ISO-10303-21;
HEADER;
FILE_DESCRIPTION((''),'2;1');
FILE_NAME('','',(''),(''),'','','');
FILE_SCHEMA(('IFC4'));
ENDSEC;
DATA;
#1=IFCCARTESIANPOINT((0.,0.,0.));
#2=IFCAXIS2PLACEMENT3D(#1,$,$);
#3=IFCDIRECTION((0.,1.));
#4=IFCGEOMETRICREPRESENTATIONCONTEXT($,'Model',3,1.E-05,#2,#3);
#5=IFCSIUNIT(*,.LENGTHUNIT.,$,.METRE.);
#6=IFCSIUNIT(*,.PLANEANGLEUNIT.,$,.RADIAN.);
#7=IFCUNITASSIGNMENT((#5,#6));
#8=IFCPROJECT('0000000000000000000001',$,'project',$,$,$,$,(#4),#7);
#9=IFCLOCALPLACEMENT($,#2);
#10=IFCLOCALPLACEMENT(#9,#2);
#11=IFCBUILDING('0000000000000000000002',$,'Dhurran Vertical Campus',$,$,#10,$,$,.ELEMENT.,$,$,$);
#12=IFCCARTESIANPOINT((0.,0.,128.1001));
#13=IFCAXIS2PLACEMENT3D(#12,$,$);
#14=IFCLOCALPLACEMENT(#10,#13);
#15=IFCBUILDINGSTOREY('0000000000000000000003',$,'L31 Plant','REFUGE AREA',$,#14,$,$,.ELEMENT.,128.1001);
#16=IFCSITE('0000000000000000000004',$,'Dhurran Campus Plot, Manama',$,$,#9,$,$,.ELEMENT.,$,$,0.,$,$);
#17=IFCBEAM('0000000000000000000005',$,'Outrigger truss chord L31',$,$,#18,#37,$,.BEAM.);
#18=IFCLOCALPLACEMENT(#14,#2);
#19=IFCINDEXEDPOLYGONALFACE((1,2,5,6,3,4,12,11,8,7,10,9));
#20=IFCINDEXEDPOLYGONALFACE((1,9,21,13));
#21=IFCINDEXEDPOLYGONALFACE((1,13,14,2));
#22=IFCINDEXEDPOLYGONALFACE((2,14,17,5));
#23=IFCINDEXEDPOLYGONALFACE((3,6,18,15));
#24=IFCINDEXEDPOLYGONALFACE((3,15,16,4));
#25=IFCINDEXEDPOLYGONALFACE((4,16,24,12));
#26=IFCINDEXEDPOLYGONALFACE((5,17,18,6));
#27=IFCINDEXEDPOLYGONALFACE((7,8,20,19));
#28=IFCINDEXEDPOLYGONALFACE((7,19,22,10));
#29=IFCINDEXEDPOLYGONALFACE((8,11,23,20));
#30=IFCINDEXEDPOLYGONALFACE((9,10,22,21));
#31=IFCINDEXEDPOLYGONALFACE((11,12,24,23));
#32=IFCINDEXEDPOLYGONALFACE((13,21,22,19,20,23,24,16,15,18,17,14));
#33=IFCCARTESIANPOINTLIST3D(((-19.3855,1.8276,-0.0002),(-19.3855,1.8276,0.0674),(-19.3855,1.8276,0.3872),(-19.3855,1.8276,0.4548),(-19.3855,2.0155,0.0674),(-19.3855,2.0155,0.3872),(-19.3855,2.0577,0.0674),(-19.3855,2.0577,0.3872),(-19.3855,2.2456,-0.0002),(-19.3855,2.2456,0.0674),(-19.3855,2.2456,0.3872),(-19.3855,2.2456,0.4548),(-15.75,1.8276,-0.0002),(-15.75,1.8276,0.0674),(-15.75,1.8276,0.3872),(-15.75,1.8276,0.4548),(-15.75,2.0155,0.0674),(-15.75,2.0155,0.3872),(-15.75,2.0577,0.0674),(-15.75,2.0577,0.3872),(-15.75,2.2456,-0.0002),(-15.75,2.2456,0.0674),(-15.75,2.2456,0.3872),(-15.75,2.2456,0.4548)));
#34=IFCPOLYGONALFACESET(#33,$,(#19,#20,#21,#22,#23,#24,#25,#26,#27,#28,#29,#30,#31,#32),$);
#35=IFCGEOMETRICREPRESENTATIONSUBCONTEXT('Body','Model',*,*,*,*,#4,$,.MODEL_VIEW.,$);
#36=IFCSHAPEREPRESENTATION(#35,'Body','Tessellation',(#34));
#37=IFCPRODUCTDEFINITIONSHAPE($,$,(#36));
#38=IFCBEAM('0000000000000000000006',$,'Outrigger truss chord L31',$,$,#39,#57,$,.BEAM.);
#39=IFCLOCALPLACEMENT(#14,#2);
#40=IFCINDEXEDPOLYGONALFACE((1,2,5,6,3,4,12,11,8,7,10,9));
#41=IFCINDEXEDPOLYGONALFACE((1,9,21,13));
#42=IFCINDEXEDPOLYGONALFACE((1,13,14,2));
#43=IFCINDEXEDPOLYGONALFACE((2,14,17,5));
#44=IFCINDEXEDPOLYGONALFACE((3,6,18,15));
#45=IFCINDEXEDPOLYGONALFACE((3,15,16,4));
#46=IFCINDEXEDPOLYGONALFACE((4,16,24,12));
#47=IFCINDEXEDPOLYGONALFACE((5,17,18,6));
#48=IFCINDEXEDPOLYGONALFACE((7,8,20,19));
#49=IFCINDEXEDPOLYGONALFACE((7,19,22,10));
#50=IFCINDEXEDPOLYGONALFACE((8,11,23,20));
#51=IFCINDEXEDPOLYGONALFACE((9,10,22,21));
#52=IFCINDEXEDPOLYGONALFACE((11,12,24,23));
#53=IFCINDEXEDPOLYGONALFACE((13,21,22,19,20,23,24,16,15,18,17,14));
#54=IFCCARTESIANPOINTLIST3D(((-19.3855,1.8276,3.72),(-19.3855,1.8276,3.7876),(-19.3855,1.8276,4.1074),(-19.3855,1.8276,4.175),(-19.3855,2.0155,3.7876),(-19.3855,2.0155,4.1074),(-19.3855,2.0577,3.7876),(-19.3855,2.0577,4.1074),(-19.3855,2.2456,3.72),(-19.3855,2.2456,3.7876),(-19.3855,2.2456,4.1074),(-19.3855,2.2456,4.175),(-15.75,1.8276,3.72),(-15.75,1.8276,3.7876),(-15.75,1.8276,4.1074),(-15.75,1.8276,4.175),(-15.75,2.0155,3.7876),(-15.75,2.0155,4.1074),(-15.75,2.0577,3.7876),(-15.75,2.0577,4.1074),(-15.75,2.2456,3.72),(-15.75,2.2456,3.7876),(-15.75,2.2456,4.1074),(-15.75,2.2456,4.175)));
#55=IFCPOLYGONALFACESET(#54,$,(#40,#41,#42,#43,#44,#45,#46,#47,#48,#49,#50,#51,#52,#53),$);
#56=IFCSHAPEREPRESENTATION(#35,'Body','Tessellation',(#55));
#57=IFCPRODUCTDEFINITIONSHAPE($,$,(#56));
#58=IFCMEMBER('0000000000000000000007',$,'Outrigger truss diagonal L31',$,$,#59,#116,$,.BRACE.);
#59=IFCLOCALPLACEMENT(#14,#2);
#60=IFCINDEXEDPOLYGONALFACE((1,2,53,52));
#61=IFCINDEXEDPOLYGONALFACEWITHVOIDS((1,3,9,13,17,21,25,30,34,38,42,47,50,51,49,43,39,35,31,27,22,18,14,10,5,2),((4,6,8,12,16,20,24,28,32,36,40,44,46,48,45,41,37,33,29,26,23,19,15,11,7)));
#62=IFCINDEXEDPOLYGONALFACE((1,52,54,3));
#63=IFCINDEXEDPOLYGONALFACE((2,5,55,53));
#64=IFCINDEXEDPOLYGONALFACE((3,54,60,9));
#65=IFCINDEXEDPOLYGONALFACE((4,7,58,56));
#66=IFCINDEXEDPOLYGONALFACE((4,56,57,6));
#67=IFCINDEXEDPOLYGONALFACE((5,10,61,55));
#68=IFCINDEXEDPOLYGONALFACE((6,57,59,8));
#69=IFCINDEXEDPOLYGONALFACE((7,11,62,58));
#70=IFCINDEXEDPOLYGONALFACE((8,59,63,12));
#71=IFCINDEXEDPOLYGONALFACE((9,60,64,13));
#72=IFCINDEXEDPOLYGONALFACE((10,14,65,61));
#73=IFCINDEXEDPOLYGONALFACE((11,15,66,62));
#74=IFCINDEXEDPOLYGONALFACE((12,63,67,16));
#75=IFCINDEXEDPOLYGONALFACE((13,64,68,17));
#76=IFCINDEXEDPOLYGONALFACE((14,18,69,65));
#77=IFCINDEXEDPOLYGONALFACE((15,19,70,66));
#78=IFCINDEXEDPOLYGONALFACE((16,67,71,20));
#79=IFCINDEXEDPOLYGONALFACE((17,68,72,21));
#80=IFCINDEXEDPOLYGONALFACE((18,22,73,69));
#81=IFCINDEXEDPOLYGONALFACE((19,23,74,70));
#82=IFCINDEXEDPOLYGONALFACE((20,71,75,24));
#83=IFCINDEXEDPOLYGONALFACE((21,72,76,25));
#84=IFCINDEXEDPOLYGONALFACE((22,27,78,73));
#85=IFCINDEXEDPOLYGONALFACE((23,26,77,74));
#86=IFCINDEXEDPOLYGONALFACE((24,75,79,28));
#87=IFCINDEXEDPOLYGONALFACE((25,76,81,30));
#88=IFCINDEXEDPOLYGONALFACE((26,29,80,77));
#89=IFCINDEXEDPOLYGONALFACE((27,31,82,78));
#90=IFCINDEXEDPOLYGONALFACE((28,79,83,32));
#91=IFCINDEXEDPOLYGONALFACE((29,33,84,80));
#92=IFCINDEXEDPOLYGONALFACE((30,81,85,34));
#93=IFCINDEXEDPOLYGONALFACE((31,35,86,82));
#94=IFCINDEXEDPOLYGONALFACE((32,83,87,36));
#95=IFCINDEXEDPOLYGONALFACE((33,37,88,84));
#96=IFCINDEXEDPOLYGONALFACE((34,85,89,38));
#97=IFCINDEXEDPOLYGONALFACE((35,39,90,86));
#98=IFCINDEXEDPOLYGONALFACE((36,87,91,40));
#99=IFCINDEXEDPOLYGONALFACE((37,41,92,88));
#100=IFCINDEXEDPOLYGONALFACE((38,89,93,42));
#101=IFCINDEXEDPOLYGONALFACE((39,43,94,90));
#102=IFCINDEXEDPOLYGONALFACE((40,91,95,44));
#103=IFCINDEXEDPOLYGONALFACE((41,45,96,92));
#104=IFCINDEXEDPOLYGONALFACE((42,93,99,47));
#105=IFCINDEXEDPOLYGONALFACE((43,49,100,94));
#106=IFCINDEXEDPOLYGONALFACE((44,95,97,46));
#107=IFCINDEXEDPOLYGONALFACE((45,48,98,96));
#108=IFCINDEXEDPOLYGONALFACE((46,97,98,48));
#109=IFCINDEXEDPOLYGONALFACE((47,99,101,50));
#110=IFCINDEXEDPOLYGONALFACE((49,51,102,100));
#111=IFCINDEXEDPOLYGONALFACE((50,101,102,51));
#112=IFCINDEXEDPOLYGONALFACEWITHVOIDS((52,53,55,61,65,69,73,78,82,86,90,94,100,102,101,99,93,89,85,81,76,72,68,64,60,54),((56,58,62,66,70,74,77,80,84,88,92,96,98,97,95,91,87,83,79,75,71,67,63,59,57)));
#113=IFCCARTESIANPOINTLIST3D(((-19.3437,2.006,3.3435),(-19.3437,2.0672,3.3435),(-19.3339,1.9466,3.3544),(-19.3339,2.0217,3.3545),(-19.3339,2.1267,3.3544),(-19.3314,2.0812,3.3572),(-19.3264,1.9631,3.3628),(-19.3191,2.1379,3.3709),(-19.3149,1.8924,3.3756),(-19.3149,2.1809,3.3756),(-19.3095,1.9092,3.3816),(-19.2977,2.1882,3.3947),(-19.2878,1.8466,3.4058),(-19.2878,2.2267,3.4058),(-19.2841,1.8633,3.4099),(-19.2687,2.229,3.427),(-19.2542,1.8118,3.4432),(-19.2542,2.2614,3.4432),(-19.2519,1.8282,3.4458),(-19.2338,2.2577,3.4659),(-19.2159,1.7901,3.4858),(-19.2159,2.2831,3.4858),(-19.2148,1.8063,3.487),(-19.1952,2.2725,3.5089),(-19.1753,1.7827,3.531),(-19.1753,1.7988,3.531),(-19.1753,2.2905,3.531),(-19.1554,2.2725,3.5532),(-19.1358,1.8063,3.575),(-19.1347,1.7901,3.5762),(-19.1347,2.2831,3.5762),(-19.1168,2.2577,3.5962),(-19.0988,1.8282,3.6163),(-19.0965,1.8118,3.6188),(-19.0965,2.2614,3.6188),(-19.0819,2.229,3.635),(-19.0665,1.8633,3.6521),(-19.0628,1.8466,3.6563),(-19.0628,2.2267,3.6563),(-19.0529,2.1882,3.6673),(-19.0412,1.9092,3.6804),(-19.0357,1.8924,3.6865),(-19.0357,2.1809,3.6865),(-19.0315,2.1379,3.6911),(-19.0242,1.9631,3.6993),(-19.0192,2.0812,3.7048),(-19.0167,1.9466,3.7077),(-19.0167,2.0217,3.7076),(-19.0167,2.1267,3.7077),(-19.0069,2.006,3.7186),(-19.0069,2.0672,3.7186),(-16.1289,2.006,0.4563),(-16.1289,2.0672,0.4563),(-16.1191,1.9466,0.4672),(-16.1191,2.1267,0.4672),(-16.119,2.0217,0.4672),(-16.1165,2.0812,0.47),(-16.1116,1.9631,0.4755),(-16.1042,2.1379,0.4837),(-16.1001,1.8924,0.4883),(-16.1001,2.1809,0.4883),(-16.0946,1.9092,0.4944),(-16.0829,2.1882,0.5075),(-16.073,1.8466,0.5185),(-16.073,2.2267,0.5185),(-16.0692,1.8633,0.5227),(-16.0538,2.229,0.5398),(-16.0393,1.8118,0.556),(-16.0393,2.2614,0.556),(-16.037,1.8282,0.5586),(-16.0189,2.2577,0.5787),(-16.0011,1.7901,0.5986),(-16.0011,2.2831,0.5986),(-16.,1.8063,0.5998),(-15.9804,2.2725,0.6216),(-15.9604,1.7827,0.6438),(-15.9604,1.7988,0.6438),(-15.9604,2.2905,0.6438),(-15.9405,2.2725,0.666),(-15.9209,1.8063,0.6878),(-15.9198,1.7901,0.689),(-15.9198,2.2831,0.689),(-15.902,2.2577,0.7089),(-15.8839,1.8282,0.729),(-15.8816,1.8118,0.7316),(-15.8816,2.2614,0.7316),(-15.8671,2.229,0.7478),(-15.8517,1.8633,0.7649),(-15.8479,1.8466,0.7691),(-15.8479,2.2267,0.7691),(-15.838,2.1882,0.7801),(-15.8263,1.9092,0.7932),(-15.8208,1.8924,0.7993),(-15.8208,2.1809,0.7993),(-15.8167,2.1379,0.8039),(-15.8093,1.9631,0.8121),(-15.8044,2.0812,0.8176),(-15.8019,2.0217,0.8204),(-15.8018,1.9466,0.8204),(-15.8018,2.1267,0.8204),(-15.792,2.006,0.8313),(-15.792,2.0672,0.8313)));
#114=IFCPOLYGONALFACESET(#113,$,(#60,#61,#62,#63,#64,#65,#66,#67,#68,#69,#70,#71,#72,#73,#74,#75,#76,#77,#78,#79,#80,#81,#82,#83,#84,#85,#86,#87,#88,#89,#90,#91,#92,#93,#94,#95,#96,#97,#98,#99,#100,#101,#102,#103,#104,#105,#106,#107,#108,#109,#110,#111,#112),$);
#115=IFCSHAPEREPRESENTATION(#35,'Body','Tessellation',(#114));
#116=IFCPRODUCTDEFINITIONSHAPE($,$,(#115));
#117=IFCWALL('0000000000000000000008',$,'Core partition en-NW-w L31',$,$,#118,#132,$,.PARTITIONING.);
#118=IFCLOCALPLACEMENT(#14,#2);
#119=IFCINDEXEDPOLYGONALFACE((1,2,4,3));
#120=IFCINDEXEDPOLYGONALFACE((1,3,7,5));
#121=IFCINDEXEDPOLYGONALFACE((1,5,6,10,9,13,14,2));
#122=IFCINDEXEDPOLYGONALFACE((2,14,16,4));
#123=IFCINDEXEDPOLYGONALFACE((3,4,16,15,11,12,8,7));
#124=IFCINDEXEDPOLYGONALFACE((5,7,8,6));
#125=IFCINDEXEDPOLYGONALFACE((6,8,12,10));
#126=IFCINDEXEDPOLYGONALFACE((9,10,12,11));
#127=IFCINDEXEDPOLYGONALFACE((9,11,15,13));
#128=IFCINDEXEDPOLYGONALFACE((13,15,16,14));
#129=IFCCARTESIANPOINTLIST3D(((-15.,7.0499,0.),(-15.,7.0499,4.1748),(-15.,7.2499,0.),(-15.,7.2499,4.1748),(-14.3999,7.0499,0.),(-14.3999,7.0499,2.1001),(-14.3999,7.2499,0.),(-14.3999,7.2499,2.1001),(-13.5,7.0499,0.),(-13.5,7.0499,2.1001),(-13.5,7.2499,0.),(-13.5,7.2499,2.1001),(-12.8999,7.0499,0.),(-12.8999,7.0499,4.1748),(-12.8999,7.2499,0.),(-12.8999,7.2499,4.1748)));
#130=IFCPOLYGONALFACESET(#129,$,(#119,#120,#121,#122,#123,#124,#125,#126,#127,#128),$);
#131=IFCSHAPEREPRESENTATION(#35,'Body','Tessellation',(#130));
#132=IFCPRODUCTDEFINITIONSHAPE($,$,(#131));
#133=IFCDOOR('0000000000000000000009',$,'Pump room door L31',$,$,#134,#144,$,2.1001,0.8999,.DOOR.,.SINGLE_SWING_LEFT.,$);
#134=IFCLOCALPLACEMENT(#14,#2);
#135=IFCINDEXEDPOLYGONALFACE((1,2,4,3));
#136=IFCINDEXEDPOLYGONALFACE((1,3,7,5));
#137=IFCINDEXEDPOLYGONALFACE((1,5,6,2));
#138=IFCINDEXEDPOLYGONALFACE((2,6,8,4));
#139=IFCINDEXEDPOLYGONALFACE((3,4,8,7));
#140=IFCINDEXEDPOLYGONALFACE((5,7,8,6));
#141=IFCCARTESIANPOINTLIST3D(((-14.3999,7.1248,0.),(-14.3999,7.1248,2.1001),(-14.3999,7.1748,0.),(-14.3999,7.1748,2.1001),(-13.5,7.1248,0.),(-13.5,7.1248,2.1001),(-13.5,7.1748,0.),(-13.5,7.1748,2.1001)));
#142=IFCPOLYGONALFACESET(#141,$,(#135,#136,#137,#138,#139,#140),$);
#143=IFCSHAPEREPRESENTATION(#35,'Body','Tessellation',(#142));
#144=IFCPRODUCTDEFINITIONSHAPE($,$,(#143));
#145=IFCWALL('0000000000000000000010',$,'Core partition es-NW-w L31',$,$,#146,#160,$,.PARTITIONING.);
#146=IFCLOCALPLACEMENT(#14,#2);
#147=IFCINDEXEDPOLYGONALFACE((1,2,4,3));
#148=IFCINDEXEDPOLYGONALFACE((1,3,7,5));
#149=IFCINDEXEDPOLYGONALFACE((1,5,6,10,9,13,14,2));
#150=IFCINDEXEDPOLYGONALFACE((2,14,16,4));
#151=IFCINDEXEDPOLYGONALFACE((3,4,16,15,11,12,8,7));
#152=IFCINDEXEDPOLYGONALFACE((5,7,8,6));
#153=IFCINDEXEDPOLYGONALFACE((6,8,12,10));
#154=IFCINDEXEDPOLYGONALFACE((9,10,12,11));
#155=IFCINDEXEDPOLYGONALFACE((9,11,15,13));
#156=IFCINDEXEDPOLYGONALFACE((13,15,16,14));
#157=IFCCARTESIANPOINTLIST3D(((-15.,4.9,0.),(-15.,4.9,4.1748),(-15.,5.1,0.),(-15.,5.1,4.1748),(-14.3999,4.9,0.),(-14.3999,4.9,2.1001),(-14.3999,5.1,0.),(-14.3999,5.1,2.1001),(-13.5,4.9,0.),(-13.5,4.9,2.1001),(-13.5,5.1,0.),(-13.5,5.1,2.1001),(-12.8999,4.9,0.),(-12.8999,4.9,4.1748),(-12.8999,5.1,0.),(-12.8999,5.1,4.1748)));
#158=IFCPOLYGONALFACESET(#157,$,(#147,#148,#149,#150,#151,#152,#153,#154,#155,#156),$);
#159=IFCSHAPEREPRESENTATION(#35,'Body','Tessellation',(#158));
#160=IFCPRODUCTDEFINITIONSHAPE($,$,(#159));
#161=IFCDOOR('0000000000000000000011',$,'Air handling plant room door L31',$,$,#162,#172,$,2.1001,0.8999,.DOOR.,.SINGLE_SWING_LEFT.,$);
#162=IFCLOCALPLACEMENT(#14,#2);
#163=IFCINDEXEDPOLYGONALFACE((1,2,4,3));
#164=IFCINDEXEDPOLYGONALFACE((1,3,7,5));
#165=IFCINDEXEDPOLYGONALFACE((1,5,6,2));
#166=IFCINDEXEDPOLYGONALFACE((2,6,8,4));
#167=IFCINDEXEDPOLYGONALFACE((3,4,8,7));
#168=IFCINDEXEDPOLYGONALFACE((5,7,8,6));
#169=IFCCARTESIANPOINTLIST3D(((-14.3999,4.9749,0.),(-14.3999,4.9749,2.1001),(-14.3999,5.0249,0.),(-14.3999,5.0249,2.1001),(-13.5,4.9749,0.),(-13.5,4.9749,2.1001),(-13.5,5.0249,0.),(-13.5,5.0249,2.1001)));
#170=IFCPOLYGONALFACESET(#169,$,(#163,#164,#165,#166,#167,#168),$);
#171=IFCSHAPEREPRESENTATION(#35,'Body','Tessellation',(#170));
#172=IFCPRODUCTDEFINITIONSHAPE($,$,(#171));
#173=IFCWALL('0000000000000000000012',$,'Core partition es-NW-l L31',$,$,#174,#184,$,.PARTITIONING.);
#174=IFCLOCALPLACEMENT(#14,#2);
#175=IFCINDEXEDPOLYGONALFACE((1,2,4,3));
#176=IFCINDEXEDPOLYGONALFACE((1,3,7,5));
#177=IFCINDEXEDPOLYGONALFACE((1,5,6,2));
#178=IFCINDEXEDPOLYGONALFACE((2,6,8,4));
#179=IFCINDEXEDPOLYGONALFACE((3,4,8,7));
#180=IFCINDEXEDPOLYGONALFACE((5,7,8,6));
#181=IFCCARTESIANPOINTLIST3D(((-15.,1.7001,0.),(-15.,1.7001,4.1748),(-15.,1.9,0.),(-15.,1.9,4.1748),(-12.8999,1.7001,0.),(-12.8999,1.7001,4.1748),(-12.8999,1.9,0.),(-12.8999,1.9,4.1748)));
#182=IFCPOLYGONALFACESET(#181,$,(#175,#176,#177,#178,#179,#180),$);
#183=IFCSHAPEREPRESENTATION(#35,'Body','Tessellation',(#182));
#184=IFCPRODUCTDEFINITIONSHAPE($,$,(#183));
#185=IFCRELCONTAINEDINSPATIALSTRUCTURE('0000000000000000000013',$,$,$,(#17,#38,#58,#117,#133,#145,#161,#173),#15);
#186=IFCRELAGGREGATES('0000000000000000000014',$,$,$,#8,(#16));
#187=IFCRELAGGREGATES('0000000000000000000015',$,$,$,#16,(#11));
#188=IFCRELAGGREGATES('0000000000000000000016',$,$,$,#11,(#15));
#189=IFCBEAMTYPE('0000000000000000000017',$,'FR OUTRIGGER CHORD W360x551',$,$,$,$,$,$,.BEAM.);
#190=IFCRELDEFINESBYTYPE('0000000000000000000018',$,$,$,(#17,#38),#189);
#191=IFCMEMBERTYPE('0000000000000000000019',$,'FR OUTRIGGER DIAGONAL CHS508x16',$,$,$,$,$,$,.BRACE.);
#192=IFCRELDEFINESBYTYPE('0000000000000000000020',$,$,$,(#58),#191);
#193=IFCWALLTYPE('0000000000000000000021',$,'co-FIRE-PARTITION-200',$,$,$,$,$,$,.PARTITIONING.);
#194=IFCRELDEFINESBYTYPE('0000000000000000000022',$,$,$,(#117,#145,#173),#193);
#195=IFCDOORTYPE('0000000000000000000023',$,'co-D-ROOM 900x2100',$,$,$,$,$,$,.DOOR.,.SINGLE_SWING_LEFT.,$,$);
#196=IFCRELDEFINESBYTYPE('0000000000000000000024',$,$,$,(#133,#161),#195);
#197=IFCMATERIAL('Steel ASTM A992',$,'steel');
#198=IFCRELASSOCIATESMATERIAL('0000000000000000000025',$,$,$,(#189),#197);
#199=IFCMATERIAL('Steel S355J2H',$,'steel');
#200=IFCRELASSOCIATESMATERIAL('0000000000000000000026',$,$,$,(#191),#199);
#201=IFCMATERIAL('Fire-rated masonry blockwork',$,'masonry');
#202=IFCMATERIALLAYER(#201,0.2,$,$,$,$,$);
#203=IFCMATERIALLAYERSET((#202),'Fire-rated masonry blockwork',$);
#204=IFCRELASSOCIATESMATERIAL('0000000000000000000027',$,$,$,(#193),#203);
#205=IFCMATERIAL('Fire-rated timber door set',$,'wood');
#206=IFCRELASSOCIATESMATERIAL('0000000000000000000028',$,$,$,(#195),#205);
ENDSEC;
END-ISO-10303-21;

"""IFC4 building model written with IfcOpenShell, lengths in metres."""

from ifc_helpers import new_model, si_unit, direction, frame, frame_2d, origin, origin_2d, place, context, subcontext, project, spatial, rectangle, hollow_circle, i_section, extrude, material, layer, layer_set, material_profile, profile_set, type_object, element, fill, save


model = new_model("IFC4")

# Units and contexts
model_context = context("Model", 3, precision=1e-05, world=origin(), true_north=direction((0.0, 1.0)))
body_context = subcontext(model_context, "Body", "Model", "MODEL_VIEW")
ifc_project = project(units=[si_unit("LENGTHUNIT", "METRE"), si_unit("PLANEANGLEUNIT", "RADIAN")], contexts=[model_context])

# Site, building, storey
site_placement = place(None, origin())
site = spatial("IfcSite", under=ifc_project, at=site_placement, Name="Dhurran Campus Plot, Manama", CompositionType="ELEMENT", RefElevation=0.0)
building_placement = place(site_placement, origin())
building = spatial("IfcBuilding", under=site, at=building_placement, Name="Dhurran Vertical Campus", CompositionType="ELEMENT")
storey_placement = place(building_placement, frame((0.0, 0.0, 128.1001)))
storey = spatial("IfcBuildingStorey", under=building, at=storey_placement, Name="L31 Plant", Description="REFUGE AREA", CompositionType="ELEMENT", Elevation=128.1001)

# Beams
ifc_material_1 = material(Name="Steel ASTM A992", Category="steel")
ifc_material_profile_1 = material_profile(ifc_material_1, i_section(OverallWidth=0.418, OverallDepth=0.4551, WebThickness=0.0422, FlangeThickness=0.0676, at=origin_2d()), Name="W360x551")
ifc_profile_set_1 = profile_set([ifc_material_profile_1], Name="Steel ASTM A992")
beam_type = type_object("IfcBeamType", Name="FR OUTRIGGER CHORD W360x551", PredefinedType="BEAM", material=ifc_profile_set_1)
for number, where, z_axis, x_axis, name in (
    (1, (-15.75, 2.0366, 0.2273), (-1.0, 0.0, 0.0), (0.0, -1.0, 0.0), "Outrigger truss chord L31"),
    (2, (-15.75, 2.0366, 3.9475), (-1.0, 0.0, 0.0), (0.0, -1.0, 0.0), "Outrigger truss chord L31"),
):
    element("IfcBeam", number, at=place(storey_placement, frame(where, z_axis=z_axis, x_axis=x_axis)), inside=storey, type_object=beam_type, Name=name, PredefinedType="BEAM", context=body_context, shape_type="SweptSolid", body=[
        extrude(i_section(OverallWidth=0.418, OverallDepth=0.4551, WebThickness=0.0422, FlangeThickness=0.0676, at=origin_2d()), origin(), (0.0, 0.0, 1.0), 3.6355),
    ])

# Member
ifc_material_2 = material(Name="Steel S355J2H", Category="steel")
ifc_material_profile_2 = material_profile(ifc_material_2, hollow_circle(Radius=0.2539, WallThickness=0.0161, at=origin_2d()), Name="CHS508x16")
ifc_profile_set_2 = profile_set([ifc_material_profile_2], Name="Steel S355J2H")
member_type = type_object("IfcMemberType", Name="FR OUTRIGGER DIAGONAL CHS508x16", PredefinedType="BRACE", material=ifc_profile_set_2)
member_placement = place(storey_placement, frame((-15.9604, 2.0366, 0.6438), z_axis=(-0.744002, 0.0, 0.668178), x_axis=(0.0, -1.0, 0.0)))
element("IfcMember", 3, at=member_placement, inside=storey, type_object=member_type, Name="Outrigger truss diagonal L31", PredefinedType="BRACE", context=body_context, shape_type="SweptSolid", body=[
    extrude(hollow_circle(Radius=0.2539, WallThickness=0.0161, at=origin_2d()), origin(), (0.0, 0.0, 1.0), 4.321),
])

# Walls, openings, doors
ifc_material_3 = material(Name="Fire-rated masonry blockwork", Category="masonry")
ifc_layer_1 = layer(ifc_material_3, 0.2)
ifc_layer_set_1 = layer_set([ifc_layer_1], Name="Fire-rated masonry blockwork")
wall_type_1 = type_object("IfcWallType", Name="co-FIRE-PARTITION-200", PredefinedType="PARTITIONING", material=ifc_layer_set_1)
wall_1_placement = place(storey_placement, frame((-15.0, 7.1499, 0.0), z_axis=(0.0, 0.0, 1.0), x_axis=(1.0, 0.0, 0.0)))
wall_1 = element("IfcWall", 4, at=wall_1_placement, inside=storey, type_object=wall_type_1, Name="Core partition en-NW-w L31", PredefinedType="PARTITIONING", context=body_context, shape_type="SweptSolid", body=[
    extrude(rectangle(XDim=2.1001, YDim=0.2, at=frame_2d((1.05, 0.0))), origin(), (0.0, 0.0, 1.0), 4.1748),
])
opening_1_placement = place(wall_1_placement, frame((0.6001, 0.0, 0.0)))
opening_1 = element("IfcOpeningElement", 5, at=opening_1_placement, cuts=wall_1, PredefinedType="OPENING", context=body_context, shape_type="SweptSolid", body=[
    extrude(rectangle(XDim=0.8999, YDim=2.1001, at=frame_2d((0.45, 1.05))), frame((0.0, 0.1099, 0.0), z_axis=(0.0, -1.0, 0.0), x_axis=(1.0, 0.0, 0.0)), (0.0, 0.0, 1.0), 0.22),
])
ifc_material_4 = material(Name="Fire-rated timber door set", Category="wood")
door_type_1 = type_object("IfcDoorType", Name="co-D-ROOM 900x2100", OperationType="SINGLE_SWING_LEFT", PredefinedType="DOOR", material=ifc_material_4)
door_1_placement = place(opening_1_placement, origin())
door_1 = element("IfcDoor", 6, at=door_1_placement, inside=storey, type_object=door_type_1, Name="Pump room door L31", OperationType="SINGLE_SWING_LEFT", OverallHeight=2.1001, OverallWidth=0.8999, PredefinedType="DOOR", context=body_context, shape_type="SweptSolid", body=[
    extrude(rectangle(XDim=0.8999, YDim=2.1001, at=frame_2d((0.45, 1.05))), frame((0.0, 0.0249, 0.0), z_axis=(0.0, -1.0, 0.0), x_axis=(1.0, 0.0, 0.0)), (0.0, 0.0, 1.0), 0.05),
])
fill(opening_1, door_1)
wall_2_placement = place(storey_placement, frame((-15.0, 5.0, 0.0), z_axis=(0.0, 0.0, 1.0), x_axis=(1.0, 0.0, 0.0)))
wall_2 = element("IfcWall", 7, at=wall_2_placement, inside=storey, type_object=wall_type_1, Name="Core partition es-NW-w L31", PredefinedType="PARTITIONING", context=body_context, shape_type="SweptSolid", body=[
    extrude(rectangle(XDim=2.1001, YDim=0.2, at=frame_2d((1.05, 0.0))), origin(), (0.0, 0.0, 1.0), 4.1748),
])
opening_2_placement = place(wall_2_placement, frame((0.6001, 0.0, 0.0)))
opening_2 = element("IfcOpeningElement", 8, at=opening_2_placement, cuts=wall_2, PredefinedType="OPENING", context=body_context, shape_type="SweptSolid", body=[
    extrude(rectangle(XDim=0.8999, YDim=2.1001, at=frame_2d((0.45, 1.05))), frame((0.0, 0.1099, 0.0), z_axis=(0.0, -1.0, 0.0), x_axis=(1.0, 0.0, 0.0)), (0.0, 0.0, 1.0), 0.22),
])
door_2_placement = place(opening_2_placement, origin())
door_2 = element("IfcDoor", 9, at=door_2_placement, inside=storey, type_object=door_type_1, Name="Air handling plant room door L31", OperationType="SINGLE_SWING_LEFT", OverallHeight=2.1001, OverallWidth=0.8999, PredefinedType="DOOR", context=body_context, shape_type="SweptSolid", body=[
    extrude(rectangle(XDim=0.8999, YDim=2.1001, at=frame_2d((0.45, 1.05))), frame((0.0, 0.0249, 0.0), z_axis=(0.0, -1.0, 0.0), x_axis=(1.0, 0.0, 0.0)), (0.0, 0.0, 1.0), 0.05),
])
fill(opening_2, door_2)

# Wall
wall_3_placement = place(storey_placement, frame((-15.0, 1.8, 0.0), z_axis=(0.0, 0.0, 1.0), x_axis=(1.0, 0.0, 0.0)))
element("IfcWall", 10, at=wall_3_placement, inside=storey, type_object=wall_type_1, Name="Core partition es-NW-l L31", PredefinedType="PARTITIONING", context=body_context, shape_type="SweptSolid", body=[
    extrude(rectangle(XDim=2.1001, YDim=0.2, at=frame_2d((1.05, 0.0))), origin(), (0.0, 0.0, 1.0), 4.1748),
])

save(model, "model.ifc")
